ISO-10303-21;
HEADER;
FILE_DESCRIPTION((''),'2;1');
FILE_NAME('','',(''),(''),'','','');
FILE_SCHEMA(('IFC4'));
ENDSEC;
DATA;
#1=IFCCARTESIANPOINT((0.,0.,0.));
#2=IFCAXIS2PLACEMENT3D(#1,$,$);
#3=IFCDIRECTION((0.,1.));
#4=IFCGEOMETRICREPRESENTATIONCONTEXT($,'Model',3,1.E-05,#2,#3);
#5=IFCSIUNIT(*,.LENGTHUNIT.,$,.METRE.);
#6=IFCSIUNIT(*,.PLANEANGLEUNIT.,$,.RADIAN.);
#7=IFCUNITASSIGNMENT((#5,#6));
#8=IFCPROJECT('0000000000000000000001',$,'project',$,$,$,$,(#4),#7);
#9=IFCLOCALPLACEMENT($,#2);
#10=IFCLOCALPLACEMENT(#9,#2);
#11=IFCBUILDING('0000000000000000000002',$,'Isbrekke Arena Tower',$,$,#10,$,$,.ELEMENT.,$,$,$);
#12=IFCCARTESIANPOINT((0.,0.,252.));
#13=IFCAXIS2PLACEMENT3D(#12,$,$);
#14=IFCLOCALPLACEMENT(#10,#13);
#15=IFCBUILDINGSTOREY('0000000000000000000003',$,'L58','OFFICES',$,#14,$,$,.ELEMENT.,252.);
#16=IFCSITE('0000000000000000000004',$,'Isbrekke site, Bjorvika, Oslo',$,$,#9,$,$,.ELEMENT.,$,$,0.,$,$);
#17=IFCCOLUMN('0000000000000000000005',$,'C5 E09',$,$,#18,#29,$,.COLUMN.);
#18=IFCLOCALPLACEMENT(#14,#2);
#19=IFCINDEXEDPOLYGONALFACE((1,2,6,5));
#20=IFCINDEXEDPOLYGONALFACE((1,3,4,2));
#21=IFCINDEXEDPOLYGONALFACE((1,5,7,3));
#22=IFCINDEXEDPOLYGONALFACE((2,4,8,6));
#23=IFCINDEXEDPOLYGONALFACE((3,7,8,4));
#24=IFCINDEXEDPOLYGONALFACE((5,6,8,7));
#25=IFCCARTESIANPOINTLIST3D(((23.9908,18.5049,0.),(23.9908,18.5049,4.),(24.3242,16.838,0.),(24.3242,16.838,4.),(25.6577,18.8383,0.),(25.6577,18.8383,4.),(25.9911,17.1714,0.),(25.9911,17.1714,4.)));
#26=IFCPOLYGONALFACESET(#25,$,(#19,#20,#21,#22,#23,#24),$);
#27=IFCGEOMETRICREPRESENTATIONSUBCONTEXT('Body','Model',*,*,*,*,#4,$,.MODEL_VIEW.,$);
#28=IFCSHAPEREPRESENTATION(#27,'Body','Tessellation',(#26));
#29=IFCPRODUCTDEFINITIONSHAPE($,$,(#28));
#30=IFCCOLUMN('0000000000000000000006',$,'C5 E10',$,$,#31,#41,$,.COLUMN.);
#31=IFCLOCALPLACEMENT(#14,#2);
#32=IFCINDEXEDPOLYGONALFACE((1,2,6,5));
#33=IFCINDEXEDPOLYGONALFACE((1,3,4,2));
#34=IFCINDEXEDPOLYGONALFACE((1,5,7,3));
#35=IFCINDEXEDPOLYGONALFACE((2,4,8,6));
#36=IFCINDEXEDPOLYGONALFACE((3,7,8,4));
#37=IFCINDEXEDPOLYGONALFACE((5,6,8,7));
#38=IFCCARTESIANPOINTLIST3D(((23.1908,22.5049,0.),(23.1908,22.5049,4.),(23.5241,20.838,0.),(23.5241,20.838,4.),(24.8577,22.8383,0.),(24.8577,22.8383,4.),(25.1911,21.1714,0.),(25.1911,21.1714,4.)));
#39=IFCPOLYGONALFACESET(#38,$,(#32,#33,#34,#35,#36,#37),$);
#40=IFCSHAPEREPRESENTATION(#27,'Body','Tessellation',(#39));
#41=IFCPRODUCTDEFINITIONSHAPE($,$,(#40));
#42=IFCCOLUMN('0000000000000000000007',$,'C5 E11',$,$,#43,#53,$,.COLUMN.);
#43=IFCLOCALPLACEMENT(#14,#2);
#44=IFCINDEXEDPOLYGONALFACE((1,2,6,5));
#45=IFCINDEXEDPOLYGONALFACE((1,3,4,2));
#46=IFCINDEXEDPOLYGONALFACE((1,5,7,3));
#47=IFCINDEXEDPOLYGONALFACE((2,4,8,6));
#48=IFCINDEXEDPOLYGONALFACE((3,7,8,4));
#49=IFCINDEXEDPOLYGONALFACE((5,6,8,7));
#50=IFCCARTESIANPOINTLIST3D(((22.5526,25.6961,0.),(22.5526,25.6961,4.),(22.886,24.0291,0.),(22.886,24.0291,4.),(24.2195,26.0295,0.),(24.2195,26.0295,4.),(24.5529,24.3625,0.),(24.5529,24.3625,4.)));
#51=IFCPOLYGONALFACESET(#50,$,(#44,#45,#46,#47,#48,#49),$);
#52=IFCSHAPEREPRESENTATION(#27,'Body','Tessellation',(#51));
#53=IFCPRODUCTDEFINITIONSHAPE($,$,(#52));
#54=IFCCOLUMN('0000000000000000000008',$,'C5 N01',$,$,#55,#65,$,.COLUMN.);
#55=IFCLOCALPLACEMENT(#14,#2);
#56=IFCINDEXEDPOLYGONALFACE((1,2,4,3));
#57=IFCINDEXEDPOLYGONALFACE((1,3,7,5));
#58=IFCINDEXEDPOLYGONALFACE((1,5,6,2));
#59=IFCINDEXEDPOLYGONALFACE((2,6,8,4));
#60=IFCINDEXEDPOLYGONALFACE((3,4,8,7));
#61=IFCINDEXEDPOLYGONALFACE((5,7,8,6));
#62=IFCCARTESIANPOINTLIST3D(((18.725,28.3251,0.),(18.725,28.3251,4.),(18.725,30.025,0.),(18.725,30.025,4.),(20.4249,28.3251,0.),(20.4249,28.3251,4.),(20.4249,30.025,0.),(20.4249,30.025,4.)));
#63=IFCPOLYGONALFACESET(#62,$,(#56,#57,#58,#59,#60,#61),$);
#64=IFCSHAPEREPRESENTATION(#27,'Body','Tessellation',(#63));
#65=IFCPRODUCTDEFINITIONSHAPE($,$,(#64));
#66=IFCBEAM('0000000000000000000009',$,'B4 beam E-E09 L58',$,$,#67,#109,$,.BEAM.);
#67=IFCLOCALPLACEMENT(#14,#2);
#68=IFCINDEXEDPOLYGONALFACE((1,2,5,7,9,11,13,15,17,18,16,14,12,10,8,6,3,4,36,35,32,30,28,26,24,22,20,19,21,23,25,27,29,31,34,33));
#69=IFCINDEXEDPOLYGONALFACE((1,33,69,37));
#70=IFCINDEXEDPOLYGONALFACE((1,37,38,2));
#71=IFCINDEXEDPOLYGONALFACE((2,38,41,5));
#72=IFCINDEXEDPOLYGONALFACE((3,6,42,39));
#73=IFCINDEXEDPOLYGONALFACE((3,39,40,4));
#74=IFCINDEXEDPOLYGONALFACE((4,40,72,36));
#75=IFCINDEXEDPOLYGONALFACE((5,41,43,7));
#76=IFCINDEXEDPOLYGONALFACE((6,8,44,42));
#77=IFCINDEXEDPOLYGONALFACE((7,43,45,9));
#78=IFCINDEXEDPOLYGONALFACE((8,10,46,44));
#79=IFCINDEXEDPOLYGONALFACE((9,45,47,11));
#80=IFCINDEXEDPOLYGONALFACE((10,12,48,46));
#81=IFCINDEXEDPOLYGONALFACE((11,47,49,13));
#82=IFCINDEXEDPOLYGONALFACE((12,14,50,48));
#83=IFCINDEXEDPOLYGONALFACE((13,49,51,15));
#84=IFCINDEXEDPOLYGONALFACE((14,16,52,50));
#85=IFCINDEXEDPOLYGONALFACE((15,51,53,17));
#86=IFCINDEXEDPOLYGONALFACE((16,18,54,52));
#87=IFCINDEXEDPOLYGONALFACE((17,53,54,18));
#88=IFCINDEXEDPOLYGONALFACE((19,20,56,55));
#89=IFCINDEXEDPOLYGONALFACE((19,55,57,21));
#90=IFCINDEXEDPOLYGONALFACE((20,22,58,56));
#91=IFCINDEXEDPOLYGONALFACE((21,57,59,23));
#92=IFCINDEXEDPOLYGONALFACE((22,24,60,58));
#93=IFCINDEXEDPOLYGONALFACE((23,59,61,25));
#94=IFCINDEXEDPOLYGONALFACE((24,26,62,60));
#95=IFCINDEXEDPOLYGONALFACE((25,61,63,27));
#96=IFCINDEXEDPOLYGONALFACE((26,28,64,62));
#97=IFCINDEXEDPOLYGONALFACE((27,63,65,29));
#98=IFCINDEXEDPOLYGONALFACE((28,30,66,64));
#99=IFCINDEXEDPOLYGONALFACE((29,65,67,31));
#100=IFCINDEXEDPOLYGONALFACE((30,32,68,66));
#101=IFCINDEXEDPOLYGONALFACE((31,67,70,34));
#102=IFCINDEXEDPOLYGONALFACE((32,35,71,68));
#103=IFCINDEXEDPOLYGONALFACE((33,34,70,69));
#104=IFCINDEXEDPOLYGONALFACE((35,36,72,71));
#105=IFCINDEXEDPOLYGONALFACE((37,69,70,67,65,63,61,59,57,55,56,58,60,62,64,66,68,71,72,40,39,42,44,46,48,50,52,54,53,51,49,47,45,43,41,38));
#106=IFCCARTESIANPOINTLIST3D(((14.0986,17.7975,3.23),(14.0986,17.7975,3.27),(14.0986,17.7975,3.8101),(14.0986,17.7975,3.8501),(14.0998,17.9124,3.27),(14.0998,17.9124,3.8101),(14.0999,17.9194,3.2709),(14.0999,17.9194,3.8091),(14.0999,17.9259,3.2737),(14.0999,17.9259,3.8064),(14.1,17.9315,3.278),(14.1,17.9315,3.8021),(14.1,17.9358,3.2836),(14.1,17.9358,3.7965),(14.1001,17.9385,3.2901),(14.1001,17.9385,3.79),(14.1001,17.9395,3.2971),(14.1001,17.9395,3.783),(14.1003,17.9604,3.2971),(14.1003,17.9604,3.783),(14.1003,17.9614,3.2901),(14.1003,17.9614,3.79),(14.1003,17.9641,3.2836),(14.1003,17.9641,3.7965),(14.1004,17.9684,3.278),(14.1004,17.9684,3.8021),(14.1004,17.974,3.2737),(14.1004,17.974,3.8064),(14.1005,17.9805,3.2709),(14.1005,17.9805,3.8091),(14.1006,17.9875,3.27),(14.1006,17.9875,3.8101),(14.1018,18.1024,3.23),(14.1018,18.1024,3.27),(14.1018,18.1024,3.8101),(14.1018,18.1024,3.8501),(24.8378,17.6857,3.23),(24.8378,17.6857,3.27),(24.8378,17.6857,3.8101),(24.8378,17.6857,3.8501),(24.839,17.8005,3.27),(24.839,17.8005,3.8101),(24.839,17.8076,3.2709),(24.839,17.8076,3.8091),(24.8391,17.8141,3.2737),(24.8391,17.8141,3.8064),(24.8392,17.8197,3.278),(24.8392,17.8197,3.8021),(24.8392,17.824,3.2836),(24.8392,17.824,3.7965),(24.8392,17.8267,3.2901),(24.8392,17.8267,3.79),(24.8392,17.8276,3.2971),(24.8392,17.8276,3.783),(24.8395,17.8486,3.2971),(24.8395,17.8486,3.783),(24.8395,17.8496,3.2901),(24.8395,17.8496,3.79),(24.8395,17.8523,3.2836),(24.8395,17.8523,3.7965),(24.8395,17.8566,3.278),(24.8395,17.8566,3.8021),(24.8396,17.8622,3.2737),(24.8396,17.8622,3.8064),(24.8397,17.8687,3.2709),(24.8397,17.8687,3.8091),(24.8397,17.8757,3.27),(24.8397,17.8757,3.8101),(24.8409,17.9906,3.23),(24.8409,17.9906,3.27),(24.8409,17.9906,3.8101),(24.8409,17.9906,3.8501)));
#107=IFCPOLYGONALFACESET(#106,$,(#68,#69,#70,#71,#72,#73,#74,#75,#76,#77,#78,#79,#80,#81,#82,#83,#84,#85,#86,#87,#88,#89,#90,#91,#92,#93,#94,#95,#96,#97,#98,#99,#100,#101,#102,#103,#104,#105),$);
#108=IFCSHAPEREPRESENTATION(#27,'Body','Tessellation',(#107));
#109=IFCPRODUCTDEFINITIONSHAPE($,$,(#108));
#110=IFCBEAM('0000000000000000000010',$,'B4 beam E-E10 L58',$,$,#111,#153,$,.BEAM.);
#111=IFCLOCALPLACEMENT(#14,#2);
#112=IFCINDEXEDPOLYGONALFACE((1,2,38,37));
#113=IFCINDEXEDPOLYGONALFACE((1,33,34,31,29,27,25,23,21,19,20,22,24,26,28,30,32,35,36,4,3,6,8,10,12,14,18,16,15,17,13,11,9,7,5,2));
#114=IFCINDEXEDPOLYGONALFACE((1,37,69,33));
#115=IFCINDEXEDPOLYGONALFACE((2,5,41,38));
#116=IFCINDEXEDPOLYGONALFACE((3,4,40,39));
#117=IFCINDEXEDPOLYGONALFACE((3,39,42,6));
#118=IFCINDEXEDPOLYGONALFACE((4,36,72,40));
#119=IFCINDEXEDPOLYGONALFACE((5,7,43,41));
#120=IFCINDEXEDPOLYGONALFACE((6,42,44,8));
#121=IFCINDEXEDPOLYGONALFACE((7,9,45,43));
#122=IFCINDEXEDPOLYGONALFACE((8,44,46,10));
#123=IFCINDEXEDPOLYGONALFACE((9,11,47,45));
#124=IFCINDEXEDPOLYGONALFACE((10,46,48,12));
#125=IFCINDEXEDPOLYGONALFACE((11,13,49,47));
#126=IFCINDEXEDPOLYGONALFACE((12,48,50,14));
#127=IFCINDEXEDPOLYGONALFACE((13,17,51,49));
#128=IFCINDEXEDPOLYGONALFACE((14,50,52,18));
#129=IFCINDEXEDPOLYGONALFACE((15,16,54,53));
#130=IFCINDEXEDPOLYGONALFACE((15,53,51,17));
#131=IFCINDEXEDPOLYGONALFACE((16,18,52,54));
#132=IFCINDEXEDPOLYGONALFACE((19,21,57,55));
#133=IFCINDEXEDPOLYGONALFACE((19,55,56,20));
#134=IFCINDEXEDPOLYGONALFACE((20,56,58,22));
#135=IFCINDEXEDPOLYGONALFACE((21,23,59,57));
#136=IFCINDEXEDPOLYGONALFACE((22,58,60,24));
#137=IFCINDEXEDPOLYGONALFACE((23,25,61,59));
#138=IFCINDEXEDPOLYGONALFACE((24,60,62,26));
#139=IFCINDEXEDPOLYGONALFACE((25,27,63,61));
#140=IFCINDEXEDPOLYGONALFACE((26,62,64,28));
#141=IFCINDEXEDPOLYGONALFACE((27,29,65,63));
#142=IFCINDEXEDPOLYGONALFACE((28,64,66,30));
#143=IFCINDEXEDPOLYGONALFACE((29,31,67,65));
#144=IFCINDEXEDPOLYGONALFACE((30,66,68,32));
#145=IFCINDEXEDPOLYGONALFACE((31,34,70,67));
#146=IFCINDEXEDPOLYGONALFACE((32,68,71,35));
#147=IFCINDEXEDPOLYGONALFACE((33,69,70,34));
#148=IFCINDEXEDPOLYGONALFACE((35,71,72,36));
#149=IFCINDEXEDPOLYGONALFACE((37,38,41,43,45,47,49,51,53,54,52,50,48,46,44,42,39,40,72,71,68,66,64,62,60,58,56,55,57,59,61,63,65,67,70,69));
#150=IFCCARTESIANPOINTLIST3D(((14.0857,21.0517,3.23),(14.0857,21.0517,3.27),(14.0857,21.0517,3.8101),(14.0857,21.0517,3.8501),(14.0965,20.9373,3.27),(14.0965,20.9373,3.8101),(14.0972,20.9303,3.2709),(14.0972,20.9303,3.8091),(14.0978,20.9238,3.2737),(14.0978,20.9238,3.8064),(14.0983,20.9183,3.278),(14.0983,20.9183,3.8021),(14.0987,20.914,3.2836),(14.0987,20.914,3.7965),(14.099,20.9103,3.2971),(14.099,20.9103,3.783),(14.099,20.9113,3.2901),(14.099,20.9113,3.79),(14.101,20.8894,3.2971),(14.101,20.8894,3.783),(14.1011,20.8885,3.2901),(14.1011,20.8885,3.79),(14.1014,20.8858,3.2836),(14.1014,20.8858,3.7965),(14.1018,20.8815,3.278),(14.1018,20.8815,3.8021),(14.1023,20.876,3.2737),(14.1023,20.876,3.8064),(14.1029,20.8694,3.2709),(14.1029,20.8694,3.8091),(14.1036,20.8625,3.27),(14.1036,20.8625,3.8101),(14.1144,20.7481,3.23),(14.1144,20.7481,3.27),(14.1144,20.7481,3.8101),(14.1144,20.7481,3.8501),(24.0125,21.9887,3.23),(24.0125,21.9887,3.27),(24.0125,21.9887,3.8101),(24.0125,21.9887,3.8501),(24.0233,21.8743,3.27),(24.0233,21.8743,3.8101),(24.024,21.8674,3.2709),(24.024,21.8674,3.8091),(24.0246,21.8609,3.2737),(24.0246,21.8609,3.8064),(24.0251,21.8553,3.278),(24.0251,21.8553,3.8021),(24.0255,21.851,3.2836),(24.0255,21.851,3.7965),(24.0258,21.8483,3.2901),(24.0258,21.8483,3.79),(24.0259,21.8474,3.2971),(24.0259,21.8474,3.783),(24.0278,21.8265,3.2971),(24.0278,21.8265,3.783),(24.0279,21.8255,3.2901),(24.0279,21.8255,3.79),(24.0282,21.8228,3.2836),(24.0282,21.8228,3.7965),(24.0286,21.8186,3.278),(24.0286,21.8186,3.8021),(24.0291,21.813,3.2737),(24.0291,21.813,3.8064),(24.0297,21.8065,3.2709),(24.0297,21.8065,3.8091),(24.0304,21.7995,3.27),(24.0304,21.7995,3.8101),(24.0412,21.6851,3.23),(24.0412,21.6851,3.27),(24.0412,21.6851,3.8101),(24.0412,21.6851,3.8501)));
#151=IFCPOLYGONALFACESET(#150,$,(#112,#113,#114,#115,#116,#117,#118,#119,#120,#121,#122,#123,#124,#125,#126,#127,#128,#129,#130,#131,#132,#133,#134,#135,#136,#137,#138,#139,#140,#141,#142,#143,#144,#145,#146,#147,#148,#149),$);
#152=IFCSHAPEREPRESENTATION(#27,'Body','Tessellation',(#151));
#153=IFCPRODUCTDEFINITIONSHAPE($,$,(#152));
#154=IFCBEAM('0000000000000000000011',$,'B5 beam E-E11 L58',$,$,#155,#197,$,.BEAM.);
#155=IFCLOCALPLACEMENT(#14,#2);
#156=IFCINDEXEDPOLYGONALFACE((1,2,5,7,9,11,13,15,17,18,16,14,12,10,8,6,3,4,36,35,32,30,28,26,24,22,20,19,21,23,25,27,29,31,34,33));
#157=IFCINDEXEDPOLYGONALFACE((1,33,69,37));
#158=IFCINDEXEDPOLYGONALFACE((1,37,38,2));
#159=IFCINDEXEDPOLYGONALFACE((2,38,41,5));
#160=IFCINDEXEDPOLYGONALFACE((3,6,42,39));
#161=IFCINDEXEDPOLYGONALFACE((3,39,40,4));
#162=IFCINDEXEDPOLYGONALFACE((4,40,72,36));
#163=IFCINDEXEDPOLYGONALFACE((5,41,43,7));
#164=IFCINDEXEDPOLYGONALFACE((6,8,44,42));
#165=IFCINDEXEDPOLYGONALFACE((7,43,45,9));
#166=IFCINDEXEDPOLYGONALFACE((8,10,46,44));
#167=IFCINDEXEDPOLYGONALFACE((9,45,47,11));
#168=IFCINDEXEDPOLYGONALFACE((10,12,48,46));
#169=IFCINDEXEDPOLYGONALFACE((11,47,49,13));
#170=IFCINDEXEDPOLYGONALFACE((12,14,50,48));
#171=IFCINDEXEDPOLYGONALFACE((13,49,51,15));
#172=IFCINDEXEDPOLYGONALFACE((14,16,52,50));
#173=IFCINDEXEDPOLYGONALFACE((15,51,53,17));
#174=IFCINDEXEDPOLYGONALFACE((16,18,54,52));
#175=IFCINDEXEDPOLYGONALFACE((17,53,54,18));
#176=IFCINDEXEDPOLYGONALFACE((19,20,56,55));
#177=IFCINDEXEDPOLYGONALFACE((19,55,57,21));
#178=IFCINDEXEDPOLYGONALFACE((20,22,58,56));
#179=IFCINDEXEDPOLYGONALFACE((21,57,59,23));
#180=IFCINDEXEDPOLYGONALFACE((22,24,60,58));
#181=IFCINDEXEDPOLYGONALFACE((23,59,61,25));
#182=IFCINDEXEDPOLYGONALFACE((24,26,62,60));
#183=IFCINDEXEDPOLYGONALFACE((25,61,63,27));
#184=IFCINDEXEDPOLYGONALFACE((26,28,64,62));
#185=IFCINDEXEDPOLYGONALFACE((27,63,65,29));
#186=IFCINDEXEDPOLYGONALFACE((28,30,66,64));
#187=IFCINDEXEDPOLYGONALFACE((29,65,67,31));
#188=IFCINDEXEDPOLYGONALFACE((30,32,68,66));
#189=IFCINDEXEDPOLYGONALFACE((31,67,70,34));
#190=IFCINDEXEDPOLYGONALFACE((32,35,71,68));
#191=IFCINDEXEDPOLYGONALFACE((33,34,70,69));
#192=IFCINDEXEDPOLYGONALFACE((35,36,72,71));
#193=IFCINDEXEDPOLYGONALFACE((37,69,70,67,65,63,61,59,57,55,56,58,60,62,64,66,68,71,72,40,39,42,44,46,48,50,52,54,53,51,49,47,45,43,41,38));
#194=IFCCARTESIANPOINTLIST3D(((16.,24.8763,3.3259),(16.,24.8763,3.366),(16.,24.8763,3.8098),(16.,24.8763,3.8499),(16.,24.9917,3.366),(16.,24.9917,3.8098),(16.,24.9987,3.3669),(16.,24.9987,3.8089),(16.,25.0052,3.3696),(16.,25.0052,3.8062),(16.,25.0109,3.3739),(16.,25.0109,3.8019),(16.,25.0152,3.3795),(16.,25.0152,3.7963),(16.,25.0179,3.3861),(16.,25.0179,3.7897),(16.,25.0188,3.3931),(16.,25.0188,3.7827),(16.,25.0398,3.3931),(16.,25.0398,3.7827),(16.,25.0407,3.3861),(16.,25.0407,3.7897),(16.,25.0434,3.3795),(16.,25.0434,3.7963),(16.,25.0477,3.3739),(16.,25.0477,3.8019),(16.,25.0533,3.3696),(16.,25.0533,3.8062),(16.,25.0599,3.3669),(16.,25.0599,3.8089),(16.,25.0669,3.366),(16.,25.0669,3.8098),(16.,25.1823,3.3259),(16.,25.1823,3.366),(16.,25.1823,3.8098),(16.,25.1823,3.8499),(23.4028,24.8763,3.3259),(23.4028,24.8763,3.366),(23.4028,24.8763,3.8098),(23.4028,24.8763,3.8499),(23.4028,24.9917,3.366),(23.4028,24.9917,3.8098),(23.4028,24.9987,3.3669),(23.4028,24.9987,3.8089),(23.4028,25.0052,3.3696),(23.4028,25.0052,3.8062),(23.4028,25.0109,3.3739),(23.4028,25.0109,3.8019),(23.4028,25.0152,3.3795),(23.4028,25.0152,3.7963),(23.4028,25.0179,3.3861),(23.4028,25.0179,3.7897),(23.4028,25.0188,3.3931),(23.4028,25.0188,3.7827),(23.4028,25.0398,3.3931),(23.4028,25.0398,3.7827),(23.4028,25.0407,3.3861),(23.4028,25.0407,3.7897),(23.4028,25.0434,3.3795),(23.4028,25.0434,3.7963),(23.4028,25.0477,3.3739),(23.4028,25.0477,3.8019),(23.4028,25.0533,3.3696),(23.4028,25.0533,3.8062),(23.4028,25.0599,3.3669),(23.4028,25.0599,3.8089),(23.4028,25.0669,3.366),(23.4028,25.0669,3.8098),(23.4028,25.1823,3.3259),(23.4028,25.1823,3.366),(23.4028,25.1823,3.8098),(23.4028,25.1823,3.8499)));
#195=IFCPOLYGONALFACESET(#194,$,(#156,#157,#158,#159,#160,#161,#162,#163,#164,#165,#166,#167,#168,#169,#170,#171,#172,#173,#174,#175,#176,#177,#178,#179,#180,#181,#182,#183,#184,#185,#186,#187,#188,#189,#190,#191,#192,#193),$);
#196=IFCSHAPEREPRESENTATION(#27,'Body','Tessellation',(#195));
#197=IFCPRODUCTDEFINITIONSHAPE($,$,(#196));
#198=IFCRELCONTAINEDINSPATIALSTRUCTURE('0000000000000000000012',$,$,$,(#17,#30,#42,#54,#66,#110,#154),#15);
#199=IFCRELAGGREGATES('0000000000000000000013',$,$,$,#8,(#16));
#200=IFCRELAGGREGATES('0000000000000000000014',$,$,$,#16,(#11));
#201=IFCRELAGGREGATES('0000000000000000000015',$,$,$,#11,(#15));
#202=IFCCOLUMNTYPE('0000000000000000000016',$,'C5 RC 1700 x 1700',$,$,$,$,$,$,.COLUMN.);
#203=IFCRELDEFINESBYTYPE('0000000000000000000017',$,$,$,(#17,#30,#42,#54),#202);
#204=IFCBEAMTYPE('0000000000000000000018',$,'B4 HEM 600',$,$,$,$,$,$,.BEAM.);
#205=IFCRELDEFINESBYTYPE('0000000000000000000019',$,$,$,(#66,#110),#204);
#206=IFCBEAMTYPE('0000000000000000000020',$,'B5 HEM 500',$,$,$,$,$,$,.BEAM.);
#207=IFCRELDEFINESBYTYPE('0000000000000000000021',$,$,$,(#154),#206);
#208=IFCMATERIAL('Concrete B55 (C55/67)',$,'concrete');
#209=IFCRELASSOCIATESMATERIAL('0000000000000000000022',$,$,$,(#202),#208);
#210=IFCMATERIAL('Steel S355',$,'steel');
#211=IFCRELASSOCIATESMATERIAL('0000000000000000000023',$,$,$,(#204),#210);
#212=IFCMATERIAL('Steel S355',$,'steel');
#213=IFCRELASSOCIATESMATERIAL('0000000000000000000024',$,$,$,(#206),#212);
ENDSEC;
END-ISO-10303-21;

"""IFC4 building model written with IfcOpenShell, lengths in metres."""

from ifc_helpers import new_model, si_unit, direction, frame, origin, origin_2d, place, context, subcontext, project, spatial, rectangle, i_section, extrude, material, material_profile, profile_set, type_object, element, save


model = new_model("IFC4")

# Units and contexts
model_context = context("Model", 3, precision=1e-05, world=origin(), true_north=direction((0.0, 1.0)))
body_context = subcontext(model_context, "Body", "Model", "MODEL_VIEW")
ifc_project = project(units=[si_unit("LENGTHUNIT", "METRE"), si_unit("PLANEANGLEUNIT", "RADIAN")], contexts=[model_context])

# Site, building, storey
site_placement = place(None, origin())
site = spatial("IfcSite", under=ifc_project, at=site_placement, Name="Isbrekke site, Bjorvika, Oslo", CompositionType="ELEMENT", RefElevation=0.0)
building_placement = place(site_placement, origin())
building = spatial("IfcBuilding", under=site, at=building_placement, Name="Isbrekke Arena Tower", CompositionType="ELEMENT")
storey_placement = place(building_placement, frame((0.0, 0.0, 252.0)))
storey = spatial("IfcBuildingStorey", under=building, at=storey_placement, Name="L58", Description="OFFICES", CompositionType="ELEMENT", Elevation=252.0)

# Columns
ifc_material_1 = material(Name="Concrete B55 (C55/67)", Category="concrete")
ifc_material_profile_1 = material_profile(ifc_material_1, rectangle(XDim=1.7, YDim=1.7, at=origin_2d()), Name="RC 1700x1700")
ifc_profile_set_1 = profile_set([ifc_material_profile_1], Name="Concrete B55 (C55/67)")
column_type = type_object("IfcColumnType", Name="C5 RC 1700 x 1700", PredefinedType="COLUMN", material=ifc_profile_set_1)
for number, where, z_axis, x_axis, name in (
    (1, (24.991, 17.8381, 0.0), (0.0, 0.0, 1.0), (-0.196116, 0.980581, 0.0), "C5 E09"),
    (2, (24.1909, 21.8381, 0.0), (0.0, 0.0, 1.0), (-0.196116, 0.980581, 0.0), "C5 E10"),
    (3, (23.5527, 25.0293, 0.0), (0.0, 0.0, 1.0), (-0.196116, 0.980581, 0.0), "C5 E11"),
    (4, (19.575, 29.175, 0.0), (0.0, 0.0, 1.0), (-1.0, 0.0, 0.0), "C5 N01"),
):
    element("IfcColumn", number, at=place(storey_placement, frame(where, z_axis=z_axis, x_axis=x_axis)), inside=storey, type_object=column_type, Name=name, PredefinedType="COLUMN", context=body_context, shape_type="SweptSolid", body=[
        extrude(rectangle(XDim=1.7, YDim=1.7, at=origin_2d()), origin(), (0.0, 0.0, 1.0), 4.0),
    ])

# Beams
ifc_material_2 = material(Name="Steel S355", Category="steel")
ifc_material_profile_2 = material_profile(ifc_material_2, i_section(OverallWidth=0.3049, OverallDepth=0.6201, WebThickness=0.021, FlangeThickness=0.04, FilletRadius=0.0271, at=origin_2d()), Name="HEM 600")
ifc_profile_set_2 = profile_set([ifc_material_profile_2], Name="Steel S355")
beam_type_1 = type_object("IfcBeamType", Name="B4 HEM 600", PredefinedType="BEAM", material=ifc_profile_set_2)
beam_1_placement = place(storey_placement, frame((24.8394, 17.8381, 3.54), z_axis=(-0.999946, 0.010411, 0.0), x_axis=(-0.010411, -0.999946, 0.0)))
element("IfcBeam", 5, at=beam_1_placement, inside=storey, type_object=beam_type_1, Name="B4 beam E-E09 L58", PredefinedType="BEAM", context=body_context, shape_type="SweptSolid", body=[
    extrude(i_section(OverallWidth=0.3049, OverallDepth=0.6201, WebThickness=0.021, FlangeThickness=0.04, FilletRadius=0.0271, at=origin_2d()), origin(), (0.0, 0.0, 1.0), 10.7397),
])
beam_2_placement = place(storey_placement, frame((24.0269, 21.8369, 3.54), z_axis=(-0.995575, -0.093975, 0.0), x_axis=(0.093975, -0.995575, 0.0)))
element("IfcBeam", 6, at=beam_2_placement, inside=storey, type_object=beam_type_1, Name="B4 beam E-E10 L58", PredefinedType="BEAM", context=body_context, shape_type="SweptSolid", body=[
    extrude(i_section(OverallWidth=0.3049, OverallDepth=0.6201, WebThickness=0.021, FlangeThickness=0.04, FilletRadius=0.0271, at=origin_2d()), origin(), (0.0, 0.0, 1.0), 9.9709),
])
ifc_material_3 = material(Name="Steel S355", Category="steel")
ifc_material_profile_3 = material_profile(ifc_material_3, i_section(OverallWidth=0.3059, OverallDepth=0.5239, WebThickness=0.021, FlangeThickness=0.04, FilletRadius=0.0271, at=origin_2d()), Name="HEM 500")
ifc_profile_set_3 = profile_set([ifc_material_profile_3], Name="Steel S355")
beam_type_2 = type_object("IfcBeamType", Name="B5 HEM 500", PredefinedType="BEAM", material=ifc_profile_set_3)
beam_3_placement = place(storey_placement, frame((23.4028, 25.0293, 3.5879), z_axis=(-1.0, 0.0, 0.0), x_axis=(0.0, -1.0, 0.0)))
element("IfcBeam", 7, at=beam_3_placement, inside=storey, type_object=beam_type_2, Name="B5 beam E-E11 L58", PredefinedType="BEAM", context=body_context, shape_type="SweptSolid", body=[
    extrude(i_section(OverallWidth=0.3059, OverallDepth=0.5239, WebThickness=0.021, FlangeThickness=0.04, FilletRadius=0.0271, at=origin_2d()), origin(), (0.0, 0.0, 1.0), 7.4028),
])

save(model, "model.ifc")
